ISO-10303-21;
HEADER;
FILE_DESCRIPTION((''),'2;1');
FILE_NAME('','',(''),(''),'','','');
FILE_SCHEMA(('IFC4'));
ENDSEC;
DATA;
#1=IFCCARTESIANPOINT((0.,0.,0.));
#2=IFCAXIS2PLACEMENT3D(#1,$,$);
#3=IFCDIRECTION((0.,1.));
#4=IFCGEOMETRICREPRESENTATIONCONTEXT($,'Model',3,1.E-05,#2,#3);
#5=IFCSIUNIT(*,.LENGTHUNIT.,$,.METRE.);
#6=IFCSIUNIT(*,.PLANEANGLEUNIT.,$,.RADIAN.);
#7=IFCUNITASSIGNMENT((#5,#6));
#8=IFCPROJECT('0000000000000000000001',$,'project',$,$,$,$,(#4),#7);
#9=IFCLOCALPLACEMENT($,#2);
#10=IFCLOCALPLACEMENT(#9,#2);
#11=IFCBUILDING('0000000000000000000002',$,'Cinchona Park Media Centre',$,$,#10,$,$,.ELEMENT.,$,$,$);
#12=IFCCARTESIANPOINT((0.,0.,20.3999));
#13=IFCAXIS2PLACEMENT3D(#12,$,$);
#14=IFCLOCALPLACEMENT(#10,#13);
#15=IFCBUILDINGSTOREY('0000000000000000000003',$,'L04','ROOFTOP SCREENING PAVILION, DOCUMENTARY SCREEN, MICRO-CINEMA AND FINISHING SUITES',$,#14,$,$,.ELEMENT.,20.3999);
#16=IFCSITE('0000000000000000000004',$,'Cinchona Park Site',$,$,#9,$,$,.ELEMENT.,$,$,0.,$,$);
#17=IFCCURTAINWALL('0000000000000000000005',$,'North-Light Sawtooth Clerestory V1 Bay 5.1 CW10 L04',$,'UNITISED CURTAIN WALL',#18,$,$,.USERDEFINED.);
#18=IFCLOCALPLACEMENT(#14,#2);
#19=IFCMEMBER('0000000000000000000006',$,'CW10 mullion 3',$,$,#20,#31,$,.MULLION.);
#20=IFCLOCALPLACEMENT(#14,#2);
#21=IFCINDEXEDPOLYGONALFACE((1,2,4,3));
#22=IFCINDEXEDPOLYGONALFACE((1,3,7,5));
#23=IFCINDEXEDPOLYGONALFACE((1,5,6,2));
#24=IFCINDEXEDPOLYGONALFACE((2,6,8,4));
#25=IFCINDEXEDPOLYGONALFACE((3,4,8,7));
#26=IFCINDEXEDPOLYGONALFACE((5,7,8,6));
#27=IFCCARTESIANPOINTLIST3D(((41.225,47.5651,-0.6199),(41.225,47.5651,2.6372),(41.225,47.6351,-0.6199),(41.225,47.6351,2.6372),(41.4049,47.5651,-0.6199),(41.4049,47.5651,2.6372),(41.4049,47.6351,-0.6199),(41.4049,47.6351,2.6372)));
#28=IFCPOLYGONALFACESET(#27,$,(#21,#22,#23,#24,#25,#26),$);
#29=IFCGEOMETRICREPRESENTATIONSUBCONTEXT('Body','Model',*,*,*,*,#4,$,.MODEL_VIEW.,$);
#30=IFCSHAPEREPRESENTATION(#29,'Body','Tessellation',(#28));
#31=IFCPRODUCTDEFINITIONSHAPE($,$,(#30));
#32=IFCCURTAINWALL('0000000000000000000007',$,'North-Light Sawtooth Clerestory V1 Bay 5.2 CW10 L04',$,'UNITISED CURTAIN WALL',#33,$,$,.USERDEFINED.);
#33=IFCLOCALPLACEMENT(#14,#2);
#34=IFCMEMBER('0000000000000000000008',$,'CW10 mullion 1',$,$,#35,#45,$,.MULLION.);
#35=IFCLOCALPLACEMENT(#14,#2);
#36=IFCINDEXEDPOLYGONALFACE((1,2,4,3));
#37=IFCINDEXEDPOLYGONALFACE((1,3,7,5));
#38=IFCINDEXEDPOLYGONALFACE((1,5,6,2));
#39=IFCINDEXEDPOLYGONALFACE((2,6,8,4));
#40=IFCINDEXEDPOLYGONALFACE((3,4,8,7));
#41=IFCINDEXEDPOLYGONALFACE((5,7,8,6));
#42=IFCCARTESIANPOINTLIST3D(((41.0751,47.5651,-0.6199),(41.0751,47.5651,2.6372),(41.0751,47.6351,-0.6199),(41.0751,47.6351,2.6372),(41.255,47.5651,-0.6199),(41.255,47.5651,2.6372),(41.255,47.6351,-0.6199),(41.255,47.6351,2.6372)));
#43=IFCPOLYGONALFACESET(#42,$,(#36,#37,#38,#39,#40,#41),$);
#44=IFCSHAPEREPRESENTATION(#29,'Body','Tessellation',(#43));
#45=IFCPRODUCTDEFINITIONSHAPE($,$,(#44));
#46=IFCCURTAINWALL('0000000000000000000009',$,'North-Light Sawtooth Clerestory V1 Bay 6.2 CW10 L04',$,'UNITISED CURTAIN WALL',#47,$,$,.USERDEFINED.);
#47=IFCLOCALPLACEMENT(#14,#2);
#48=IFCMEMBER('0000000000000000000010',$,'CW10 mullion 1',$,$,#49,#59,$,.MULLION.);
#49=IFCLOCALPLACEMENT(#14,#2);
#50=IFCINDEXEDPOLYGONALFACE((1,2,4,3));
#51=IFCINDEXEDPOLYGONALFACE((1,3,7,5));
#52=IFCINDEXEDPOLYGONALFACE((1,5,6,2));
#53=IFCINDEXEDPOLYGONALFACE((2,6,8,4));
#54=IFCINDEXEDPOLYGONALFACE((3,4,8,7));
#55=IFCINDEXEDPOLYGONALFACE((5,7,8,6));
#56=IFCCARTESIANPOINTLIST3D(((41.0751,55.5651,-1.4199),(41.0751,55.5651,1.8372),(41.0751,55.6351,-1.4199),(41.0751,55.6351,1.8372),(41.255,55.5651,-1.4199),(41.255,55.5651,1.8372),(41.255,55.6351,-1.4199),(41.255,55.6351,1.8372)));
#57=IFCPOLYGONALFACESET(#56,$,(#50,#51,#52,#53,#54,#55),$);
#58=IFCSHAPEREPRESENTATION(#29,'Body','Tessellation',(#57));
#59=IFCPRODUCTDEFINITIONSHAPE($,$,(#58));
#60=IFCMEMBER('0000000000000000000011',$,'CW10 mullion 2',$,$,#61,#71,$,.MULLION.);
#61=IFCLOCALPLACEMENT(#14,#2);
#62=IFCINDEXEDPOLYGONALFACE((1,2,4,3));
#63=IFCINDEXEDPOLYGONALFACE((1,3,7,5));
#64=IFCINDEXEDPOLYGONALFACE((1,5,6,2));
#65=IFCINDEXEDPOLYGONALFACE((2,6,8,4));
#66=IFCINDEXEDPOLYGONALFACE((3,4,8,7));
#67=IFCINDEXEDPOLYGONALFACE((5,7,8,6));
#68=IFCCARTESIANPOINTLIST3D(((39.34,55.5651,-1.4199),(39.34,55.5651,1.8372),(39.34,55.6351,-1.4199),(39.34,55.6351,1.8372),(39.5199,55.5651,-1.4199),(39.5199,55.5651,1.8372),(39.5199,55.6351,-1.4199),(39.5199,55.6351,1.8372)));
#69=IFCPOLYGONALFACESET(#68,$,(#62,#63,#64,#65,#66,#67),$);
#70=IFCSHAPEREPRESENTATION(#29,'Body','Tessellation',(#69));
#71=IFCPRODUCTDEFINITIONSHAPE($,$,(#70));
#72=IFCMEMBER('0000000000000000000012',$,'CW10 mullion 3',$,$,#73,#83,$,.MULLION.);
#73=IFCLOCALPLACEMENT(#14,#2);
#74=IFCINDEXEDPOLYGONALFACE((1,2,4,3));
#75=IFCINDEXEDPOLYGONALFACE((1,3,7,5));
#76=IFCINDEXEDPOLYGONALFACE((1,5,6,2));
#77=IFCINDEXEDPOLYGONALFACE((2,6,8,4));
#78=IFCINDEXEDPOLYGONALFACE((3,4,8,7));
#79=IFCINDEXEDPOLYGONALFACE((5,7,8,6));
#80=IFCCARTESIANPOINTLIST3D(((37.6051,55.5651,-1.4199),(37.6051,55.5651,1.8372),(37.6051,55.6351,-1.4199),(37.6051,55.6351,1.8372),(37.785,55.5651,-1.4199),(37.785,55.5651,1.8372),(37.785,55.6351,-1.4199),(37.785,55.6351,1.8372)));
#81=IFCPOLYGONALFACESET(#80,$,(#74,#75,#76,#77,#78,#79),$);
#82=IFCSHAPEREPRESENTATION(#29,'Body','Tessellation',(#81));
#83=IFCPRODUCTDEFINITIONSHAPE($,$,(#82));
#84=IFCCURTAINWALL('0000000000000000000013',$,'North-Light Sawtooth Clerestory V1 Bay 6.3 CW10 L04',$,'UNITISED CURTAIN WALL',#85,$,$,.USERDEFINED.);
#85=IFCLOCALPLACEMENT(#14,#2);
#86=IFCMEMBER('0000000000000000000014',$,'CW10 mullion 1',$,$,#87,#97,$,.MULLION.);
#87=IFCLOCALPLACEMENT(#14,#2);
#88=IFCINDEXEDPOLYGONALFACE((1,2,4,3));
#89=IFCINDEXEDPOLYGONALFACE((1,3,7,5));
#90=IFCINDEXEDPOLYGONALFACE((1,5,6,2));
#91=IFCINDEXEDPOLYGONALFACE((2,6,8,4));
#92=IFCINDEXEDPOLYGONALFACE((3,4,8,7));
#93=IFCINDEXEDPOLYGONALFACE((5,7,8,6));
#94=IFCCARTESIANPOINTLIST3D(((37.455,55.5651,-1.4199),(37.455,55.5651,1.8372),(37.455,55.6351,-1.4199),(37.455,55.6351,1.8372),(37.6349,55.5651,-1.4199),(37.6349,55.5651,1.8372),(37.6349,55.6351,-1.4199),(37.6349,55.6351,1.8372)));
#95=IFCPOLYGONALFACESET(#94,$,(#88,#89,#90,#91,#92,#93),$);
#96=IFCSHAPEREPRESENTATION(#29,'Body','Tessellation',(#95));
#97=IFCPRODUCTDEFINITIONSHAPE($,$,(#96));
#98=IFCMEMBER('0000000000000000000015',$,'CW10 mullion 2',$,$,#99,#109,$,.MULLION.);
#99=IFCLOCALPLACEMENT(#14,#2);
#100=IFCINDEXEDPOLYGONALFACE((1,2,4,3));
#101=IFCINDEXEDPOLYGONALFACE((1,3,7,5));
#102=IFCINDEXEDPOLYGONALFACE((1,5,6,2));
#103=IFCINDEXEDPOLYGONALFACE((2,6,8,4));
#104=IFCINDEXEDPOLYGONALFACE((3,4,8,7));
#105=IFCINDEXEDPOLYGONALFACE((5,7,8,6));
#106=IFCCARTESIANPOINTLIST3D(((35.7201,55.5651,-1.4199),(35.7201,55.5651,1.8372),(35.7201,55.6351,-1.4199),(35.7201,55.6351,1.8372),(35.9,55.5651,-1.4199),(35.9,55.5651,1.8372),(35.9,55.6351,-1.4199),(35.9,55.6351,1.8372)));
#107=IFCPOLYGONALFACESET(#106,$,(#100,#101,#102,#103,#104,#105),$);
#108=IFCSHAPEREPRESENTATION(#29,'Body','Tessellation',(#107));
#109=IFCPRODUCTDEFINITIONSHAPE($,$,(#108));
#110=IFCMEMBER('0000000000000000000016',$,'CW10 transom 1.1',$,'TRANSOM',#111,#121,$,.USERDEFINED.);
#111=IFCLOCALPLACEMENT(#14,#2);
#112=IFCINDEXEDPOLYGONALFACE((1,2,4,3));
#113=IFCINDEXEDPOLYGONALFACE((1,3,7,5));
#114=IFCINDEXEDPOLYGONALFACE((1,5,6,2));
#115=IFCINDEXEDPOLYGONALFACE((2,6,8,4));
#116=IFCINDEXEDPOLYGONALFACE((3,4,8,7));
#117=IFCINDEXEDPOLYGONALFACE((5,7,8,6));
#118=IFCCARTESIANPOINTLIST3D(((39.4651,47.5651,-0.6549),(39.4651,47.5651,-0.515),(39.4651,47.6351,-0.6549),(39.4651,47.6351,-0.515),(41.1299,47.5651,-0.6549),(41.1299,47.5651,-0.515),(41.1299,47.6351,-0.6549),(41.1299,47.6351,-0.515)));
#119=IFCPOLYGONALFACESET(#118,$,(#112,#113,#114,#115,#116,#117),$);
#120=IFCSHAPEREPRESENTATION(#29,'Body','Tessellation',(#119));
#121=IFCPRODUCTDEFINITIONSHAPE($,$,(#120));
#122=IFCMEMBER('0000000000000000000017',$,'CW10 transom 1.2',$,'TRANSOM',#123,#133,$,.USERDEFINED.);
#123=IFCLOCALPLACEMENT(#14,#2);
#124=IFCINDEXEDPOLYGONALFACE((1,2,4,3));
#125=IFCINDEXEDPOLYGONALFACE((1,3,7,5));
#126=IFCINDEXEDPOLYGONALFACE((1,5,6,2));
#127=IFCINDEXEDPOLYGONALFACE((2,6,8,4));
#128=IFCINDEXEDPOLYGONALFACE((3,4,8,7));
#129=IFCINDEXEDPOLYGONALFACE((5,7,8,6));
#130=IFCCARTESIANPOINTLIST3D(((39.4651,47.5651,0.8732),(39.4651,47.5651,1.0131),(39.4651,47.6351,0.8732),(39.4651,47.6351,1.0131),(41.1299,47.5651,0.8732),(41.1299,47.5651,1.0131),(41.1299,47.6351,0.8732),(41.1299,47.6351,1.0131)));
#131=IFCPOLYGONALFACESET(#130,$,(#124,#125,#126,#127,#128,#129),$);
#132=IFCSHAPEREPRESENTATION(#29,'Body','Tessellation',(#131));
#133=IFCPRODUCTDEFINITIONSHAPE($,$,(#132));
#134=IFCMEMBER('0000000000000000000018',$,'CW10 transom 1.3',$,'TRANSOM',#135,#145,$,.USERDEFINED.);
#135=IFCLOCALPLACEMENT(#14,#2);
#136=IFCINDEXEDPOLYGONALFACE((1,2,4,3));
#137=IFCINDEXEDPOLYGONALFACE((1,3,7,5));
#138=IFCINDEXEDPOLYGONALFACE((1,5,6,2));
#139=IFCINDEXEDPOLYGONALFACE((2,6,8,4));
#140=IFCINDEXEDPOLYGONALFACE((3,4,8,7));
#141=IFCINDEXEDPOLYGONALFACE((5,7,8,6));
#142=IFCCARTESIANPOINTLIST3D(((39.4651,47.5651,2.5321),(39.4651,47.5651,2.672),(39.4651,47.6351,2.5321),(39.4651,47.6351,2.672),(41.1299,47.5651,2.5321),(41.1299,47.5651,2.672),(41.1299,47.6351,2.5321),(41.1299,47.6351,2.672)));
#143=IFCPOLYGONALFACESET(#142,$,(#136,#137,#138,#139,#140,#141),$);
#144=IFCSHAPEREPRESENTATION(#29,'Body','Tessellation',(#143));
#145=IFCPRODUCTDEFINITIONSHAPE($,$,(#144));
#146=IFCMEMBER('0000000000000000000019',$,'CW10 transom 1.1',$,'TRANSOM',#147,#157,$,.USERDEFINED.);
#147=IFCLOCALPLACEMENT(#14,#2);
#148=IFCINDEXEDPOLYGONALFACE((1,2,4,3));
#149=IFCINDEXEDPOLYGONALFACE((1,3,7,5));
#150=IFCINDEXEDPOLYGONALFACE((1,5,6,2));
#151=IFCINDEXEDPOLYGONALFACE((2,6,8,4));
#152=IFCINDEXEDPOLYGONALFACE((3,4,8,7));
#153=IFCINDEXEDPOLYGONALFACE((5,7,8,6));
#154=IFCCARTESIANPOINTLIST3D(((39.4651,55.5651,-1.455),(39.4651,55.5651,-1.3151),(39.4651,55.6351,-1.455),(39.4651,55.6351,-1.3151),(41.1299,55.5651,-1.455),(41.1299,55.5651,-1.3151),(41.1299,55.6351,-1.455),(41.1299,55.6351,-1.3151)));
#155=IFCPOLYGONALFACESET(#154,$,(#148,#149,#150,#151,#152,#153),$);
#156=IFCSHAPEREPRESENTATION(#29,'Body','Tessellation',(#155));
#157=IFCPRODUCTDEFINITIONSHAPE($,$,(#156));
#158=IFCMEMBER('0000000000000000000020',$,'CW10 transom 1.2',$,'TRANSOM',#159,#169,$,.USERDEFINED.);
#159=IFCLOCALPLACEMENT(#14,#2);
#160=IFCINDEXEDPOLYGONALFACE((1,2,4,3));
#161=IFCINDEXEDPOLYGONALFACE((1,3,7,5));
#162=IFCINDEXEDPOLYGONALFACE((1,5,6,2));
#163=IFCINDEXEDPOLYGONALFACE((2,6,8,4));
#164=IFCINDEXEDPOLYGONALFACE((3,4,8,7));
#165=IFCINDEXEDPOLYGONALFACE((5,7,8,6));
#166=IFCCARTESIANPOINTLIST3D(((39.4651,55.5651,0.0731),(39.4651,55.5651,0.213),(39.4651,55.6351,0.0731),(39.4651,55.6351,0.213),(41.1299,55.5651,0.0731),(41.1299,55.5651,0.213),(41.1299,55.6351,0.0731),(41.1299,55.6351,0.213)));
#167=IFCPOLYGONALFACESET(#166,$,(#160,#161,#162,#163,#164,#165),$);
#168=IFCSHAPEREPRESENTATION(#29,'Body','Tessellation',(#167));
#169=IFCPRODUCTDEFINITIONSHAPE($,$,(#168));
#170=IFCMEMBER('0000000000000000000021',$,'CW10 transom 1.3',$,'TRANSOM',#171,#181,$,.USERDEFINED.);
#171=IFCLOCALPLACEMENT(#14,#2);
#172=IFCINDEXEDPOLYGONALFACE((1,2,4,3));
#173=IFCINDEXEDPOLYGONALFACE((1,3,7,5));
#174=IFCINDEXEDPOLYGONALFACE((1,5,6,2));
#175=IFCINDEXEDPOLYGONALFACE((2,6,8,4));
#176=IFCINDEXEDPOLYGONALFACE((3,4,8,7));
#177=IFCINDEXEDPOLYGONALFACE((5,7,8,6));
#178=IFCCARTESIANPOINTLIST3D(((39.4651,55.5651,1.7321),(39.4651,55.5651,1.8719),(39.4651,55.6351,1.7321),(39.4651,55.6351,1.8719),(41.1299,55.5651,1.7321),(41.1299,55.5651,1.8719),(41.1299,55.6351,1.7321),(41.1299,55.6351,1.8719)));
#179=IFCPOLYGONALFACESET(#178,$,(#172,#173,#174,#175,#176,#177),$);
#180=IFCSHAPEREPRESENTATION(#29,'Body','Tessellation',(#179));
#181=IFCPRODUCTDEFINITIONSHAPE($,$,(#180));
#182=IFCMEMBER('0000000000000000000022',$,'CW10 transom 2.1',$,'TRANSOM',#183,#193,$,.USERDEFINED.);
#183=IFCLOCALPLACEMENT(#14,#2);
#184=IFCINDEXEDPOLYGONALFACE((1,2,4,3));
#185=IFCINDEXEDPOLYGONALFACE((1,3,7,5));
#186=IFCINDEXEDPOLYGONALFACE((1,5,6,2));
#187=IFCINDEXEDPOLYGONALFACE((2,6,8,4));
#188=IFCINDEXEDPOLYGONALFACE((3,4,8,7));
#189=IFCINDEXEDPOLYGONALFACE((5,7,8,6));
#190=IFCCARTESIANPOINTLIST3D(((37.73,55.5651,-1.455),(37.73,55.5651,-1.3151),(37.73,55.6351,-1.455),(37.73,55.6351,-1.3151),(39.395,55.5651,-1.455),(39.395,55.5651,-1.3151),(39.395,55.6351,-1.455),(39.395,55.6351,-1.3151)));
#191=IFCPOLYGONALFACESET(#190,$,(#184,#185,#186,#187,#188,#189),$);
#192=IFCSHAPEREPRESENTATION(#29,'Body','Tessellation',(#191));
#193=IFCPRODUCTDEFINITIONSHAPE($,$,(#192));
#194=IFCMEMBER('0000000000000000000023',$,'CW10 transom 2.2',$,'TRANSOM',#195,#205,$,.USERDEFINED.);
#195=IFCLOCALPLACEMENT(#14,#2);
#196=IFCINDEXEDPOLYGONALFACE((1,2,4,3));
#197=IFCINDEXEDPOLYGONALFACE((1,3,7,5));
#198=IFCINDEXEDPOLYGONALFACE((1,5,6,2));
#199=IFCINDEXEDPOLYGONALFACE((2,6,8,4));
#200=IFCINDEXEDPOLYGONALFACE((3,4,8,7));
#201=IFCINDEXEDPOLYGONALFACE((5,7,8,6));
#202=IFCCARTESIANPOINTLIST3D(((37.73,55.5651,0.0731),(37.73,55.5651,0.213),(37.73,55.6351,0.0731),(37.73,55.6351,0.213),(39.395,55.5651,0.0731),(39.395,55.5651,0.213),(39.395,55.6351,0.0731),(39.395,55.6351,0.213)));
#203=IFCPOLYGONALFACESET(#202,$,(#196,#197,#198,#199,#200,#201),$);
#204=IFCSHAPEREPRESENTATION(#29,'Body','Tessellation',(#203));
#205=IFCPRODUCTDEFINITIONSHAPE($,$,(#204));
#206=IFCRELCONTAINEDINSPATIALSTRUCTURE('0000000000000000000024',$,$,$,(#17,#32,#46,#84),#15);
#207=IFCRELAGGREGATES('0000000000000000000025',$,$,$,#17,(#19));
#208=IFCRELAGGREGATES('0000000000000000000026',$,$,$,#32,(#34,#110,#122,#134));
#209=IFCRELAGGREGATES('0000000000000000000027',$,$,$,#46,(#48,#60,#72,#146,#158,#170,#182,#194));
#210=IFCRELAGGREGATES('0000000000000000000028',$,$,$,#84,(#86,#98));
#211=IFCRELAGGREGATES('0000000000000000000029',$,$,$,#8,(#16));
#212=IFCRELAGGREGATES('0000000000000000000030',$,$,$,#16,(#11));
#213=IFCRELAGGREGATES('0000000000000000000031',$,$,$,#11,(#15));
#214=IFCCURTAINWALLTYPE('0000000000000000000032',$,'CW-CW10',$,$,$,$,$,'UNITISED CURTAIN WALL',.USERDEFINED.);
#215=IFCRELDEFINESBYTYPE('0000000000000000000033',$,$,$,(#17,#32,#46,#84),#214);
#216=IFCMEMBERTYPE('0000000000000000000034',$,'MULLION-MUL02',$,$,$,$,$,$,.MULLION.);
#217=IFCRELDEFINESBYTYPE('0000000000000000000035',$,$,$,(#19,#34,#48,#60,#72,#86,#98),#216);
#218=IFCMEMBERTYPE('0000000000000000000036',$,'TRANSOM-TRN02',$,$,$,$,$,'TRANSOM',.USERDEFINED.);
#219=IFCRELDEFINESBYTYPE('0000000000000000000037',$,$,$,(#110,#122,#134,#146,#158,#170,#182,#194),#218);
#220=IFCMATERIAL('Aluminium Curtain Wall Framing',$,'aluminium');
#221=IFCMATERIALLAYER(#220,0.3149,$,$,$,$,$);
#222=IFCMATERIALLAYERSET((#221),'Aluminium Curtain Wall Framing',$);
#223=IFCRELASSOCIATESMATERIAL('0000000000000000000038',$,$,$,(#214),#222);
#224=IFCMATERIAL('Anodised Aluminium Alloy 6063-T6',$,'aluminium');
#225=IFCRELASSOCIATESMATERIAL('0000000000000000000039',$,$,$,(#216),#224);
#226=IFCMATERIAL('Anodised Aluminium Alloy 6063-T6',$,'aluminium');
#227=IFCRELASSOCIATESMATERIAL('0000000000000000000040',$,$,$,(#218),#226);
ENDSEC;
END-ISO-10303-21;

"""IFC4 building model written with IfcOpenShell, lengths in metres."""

from ifc_helpers import new_model, si_unit, direction, frame, origin, origin_2d, place, context, subcontext, project, spatial, rectangle, extrude, material, layer, layer_set, material_profile, profile_set, type_object, element, aggregate, save


model = new_model("IFC4")

# Units and contexts
model_context = context("Model", 3, precision=1e-05, world=origin(), true_north=direction((0.0, 1.0)))
body_context = subcontext(model_context, "Body", "Model", "MODEL_VIEW")
ifc_project = project(units=[si_unit("LENGTHUNIT", "METRE"), si_unit("PLANEANGLEUNIT", "RADIAN")], contexts=[model_context])

# Site, building, storey
site_placement = place(None, origin())
site = spatial("IfcSite", under=ifc_project, at=site_placement, Name="Cinchona Park Site", CompositionType="ELEMENT", RefElevation=0.0)
building_placement = place(site_placement, origin())
building = spatial("IfcBuilding", under=site, at=building_placement, Name="Cinchona Park Media Centre", CompositionType="ELEMENT")
storey_placement = place(building_placement, frame((0.0, 0.0, 20.3999)))
storey = spatial("IfcBuildingStorey", under=building, at=storey_placement, Name="L04", Description="ROOFTOP SCREENING PAVILION, DOCUMENTARY SCREEN, MICRO-CINEMA AND FINISHING SUITES", CompositionType="ELEMENT", Elevation=20.3999)

# Curtain walls, members
ifc_material_1 = material(Name="Aluminium Curtain Wall Framing", Category="aluminium")
ifc_layer_1 = layer(ifc_material_1, 0.3149)
ifc_layer_set_1 = layer_set([ifc_layer_1], Name="Aluminium Curtain Wall Framing")
curtain_wall_type = type_object("IfcCurtainWallType", Name="CW-CW10", ElementType="UNITISED CURTAIN WALL", PredefinedType="USERDEFINED", material=ifc_layer_set_1)
curtain_wall_1_placement = place(storey_placement, origin())
curtain_wall_1 = element("IfcCurtainWall", 1, at=curtain_wall_1_placement, inside=storey, type_object=curtain_wall_type, Name="North-Light Sawtooth Clerestory V1 Bay 5.1 CW10 L04", ObjectType="UNITISED CURTAIN WALL", PredefinedType="USERDEFINED")
ifc_material_2 = material(Name="Anodised Aluminium Alloy 6063-T6", Category="aluminium")
ifc_material_profile_1 = material_profile(ifc_material_2, rectangle(XDim=0.0701, YDim=0.1799, at=origin_2d()), Name="MUL-70X180")
ifc_profile_set_1 = profile_set([ifc_material_profile_1], Name="Anodised Aluminium Alloy 6063-T6")
member_type_1 = type_object("IfcMemberType", Name="MULLION-MUL02", PredefinedType="MULLION", material=ifc_profile_set_1)
member_1_placement = place(storey_placement, frame((41.3149, 47.6001, -0.6199), z_axis=(0.0, 0.0, 1.0), x_axis=(0.0, -1.0, 0.0)))
member_1 = element("IfcMember", 2, at=member_1_placement, type_object=member_type_1, Name="CW10 mullion 3", PredefinedType="MULLION", context=body_context, shape_type="SweptSolid", body=[
    extrude(rectangle(XDim=0.0701, YDim=0.1799, at=origin_2d()), origin(), (0.0, 0.0, 1.0), 3.2571),
])
aggregate(curtain_wall_1, [member_1])
curtain_wall_2_placement = place(storey_placement, origin())
curtain_wall_2 = element("IfcCurtainWall", 3, at=curtain_wall_2_placement, inside=storey, type_object=curtain_wall_type, Name="North-Light Sawtooth Clerestory V1 Bay 5.2 CW10 L04", ObjectType="UNITISED CURTAIN WALL", PredefinedType="USERDEFINED")
member_2_placement = place(storey_placement, frame((41.165, 47.6001, -0.6199), z_axis=(0.0, 0.0, 1.0), x_axis=(0.0, -1.0, 0.0)))
member_2 = element("IfcMember", 4, at=member_2_placement, type_object=member_type_1, Name="CW10 mullion 1", PredefinedType="MULLION", context=body_context, shape_type="SweptSolid", body=[
    extrude(rectangle(XDim=0.0701, YDim=0.1799, at=origin_2d()), origin(), (0.0, 0.0, 1.0), 3.2571),
])

# Curtain walls, members
curtain_wall_3_placement = place(storey_placement, origin())
curtain_wall_3 = element("IfcCurtainWall", 5, at=curtain_wall_3_placement, inside=storey, type_object=curtain_wall_type, Name="North-Light Sawtooth Clerestory V1 Bay 6.2 CW10 L04", ObjectType="UNITISED CURTAIN WALL", PredefinedType="USERDEFINED")
member_3_placement = place(storey_placement, frame((41.165, 55.6001, -1.4199), z_axis=(0.0, 0.0, 1.0), x_axis=(0.0, -1.0, 0.0)))
member_3 = element("IfcMember", 6, at=member_3_placement, type_object=member_type_1, Name="CW10 mullion 1", PredefinedType="MULLION", context=body_context, shape_type="SweptSolid", body=[
    extrude(rectangle(XDim=0.0701, YDim=0.1799, at=origin_2d()), origin(), (0.0, 0.0, 1.0), 3.2571),
])
member_4_placement = place(storey_placement, frame((39.4299, 55.6001, -1.4199), z_axis=(0.0, 0.0, 1.0), x_axis=(0.0, -1.0, 0.0)))
member_4 = element("IfcMember", 7, at=member_4_placement, type_object=member_type_1, Name="CW10 mullion 2", PredefinedType="MULLION", context=body_context, shape_type="SweptSolid", body=[
    extrude(rectangle(XDim=0.0701, YDim=0.1799, at=origin_2d()), origin(), (0.0, 0.0, 1.0), 3.2571),
])
member_5_placement = place(storey_placement, frame((37.6951, 55.6001, -1.4199), z_axis=(0.0, 0.0, 1.0), x_axis=(0.0, -1.0, 0.0)))
member_5 = element("IfcMember", 8, at=member_5_placement, type_object=member_type_1, Name="CW10 mullion 3", PredefinedType="MULLION", context=body_context, shape_type="SweptSolid", body=[
    extrude(rectangle(XDim=0.0701, YDim=0.1799, at=origin_2d()), origin(), (0.0, 0.0, 1.0), 3.2571),
])
curtain_wall_4_placement = place(storey_placement, origin())
curtain_wall_4 = element("IfcCurtainWall", 9, at=curtain_wall_4_placement, inside=storey, type_object=curtain_wall_type, Name="North-Light Sawtooth Clerestory V1 Bay 6.3 CW10 L04", ObjectType="UNITISED CURTAIN WALL", PredefinedType="USERDEFINED")
member_6_placement = place(storey_placement, frame((37.5449, 55.6001, -1.4199), z_axis=(0.0, 0.0, 1.0), x_axis=(0.0, -1.0, 0.0)))
member_6 = element("IfcMember", 10, at=member_6_placement, type_object=member_type_1, Name="CW10 mullion 1", PredefinedType="MULLION", context=body_context, shape_type="SweptSolid", body=[
    extrude(rectangle(XDim=0.0701, YDim=0.1799, at=origin_2d()), origin(), (0.0, 0.0, 1.0), 3.2571),
])
member_7_placement = place(storey_placement, frame((35.8101, 55.6001, -1.4199), z_axis=(0.0, 0.0, 1.0), x_axis=(0.0, -1.0, 0.0)))
member_7 = element("IfcMember", 11, at=member_7_placement, type_object=member_type_1, Name="CW10 mullion 2", PredefinedType="MULLION", context=body_context, shape_type="SweptSolid", body=[
    extrude(rectangle(XDim=0.0701, YDim=0.1799, at=origin_2d()), origin(), (0.0, 0.0, 1.0), 3.2571),
])

# Members
ifc_material_3 = material(Name="Anodised Aluminium Alloy 6063-T6", Category="aluminium")
ifc_material_profile_2 = material_profile(ifc_material_3, rectangle(XDim=0.0701, YDim=0.1399, at=origin_2d()), Name="TRN-70X140")
ifc_profile_set_2 = profile_set([ifc_material_profile_2], Name="Anodised Aluminium Alloy 6063-T6")
member_type_2 = type_object("IfcMemberType", Name="TRANSOM-TRN02", ElementType="TRANSOM", PredefinedType="USERDEFINED", material=ifc_profile_set_2)
member_8_placement = place(storey_placement, frame((41.1299, 47.6001, -0.585), z_axis=(-1.0, 0.0, 0.0), x_axis=(0.0, -1.0, 0.0)))
member_8 = element("IfcMember", 12, at=member_8_placement, type_object=member_type_2, Name="CW10 transom 1.1", ObjectType="TRANSOM", PredefinedType="USERDEFINED", context=body_context, shape_type="SweptSolid", body=[
    extrude(rectangle(XDim=0.0701, YDim=0.1399, at=origin_2d()), origin(), (0.0, 0.0, 1.0), 1.6648),
])
member_9_placement = place(storey_placement, frame((41.1299, 47.6001, 0.9431), z_axis=(-1.0, 0.0, 0.0), x_axis=(0.0, -1.0, 0.0)))
member_9 = element("IfcMember", 13, at=member_9_placement, type_object=member_type_2, Name="CW10 transom 1.2", ObjectType="TRANSOM", PredefinedType="USERDEFINED", context=body_context, shape_type="SweptSolid", body=[
    extrude(rectangle(XDim=0.0701, YDim=0.1399, at=origin_2d()), origin(), (0.0, 0.0, 1.0), 1.6648),
])
member_10_placement = place(storey_placement, frame((41.1299, 47.6001, 2.6021), z_axis=(-1.0, 0.0, 0.0), x_axis=(0.0, -1.0, 0.0)))
member_10 = element("IfcMember", 14, at=member_10_placement, type_object=member_type_2, Name="CW10 transom 1.3", ObjectType="TRANSOM", PredefinedType="USERDEFINED", context=body_context, shape_type="SweptSolid", body=[
    extrude(rectangle(XDim=0.0701, YDim=0.1399, at=origin_2d()), origin(), (0.0, 0.0, 1.0), 1.6648),
])
aggregate(curtain_wall_2, [member_2, member_8, member_9, member_10])
member_11_placement = place(storey_placement, frame((41.1299, 55.6001, -1.385), z_axis=(-1.0, 0.0, 0.0), x_axis=(0.0, -1.0, 0.0)))
member_11 = element("IfcMember", 15, at=member_11_placement, type_object=member_type_2, Name="CW10 transom 1.1", ObjectType="TRANSOM", PredefinedType="USERDEFINED", context=body_context, shape_type="SweptSolid", body=[
    extrude(rectangle(XDim=0.0701, YDim=0.1399, at=origin_2d()), origin(), (0.0, 0.0, 1.0), 1.6648),
])
member_12_placement = place(storey_placement, frame((41.1299, 55.6001, 0.1431), z_axis=(-1.0, 0.0, 0.0), x_axis=(0.0, -1.0, 0.0)))
member_12 = element("IfcMember", 16, at=member_12_placement, type_object=member_type_2, Name="CW10 transom 1.2", ObjectType="TRANSOM", PredefinedType="USERDEFINED", context=body_context, shape_type="SweptSolid", body=[
    extrude(rectangle(XDim=0.0701, YDim=0.1399, at=origin_2d()), origin(), (0.0, 0.0, 1.0), 1.6648),
])
member_13_placement = place(storey_placement, frame((41.1299, 55.6001, 1.802), z_axis=(-1.0, 0.0, 0.0), x_axis=(0.0, -1.0, 0.0)))
member_13 = element("IfcMember", 17, at=member_13_placement, type_object=member_type_2, Name="CW10 transom 1.3", ObjectType="TRANSOM", PredefinedType="USERDEFINED", context=body_context, shape_type="SweptSolid", body=[
    extrude(rectangle(XDim=0.0701, YDim=0.1399, at=origin_2d()), origin(), (0.0, 0.0, 1.0), 1.6648),
])
member_14_placement = place(storey_placement, frame((39.395, 55.6001, -1.385), z_axis=(-1.0, 0.0, 0.0), x_axis=(0.0, -1.0, 0.0)))
member_14 = element("IfcMember", 18, at=member_14_placement, type_object=member_type_2, Name="CW10 transom 2.1", ObjectType="TRANSOM", PredefinedType="USERDEFINED", context=body_context, shape_type="SweptSolid", body=[
    extrude(rectangle(XDim=0.0701, YDim=0.1399, at=origin_2d()), origin(), (0.0, 0.0, 1.0), 1.665),
])
member_15_placement = place(storey_placement, frame((39.395, 55.6001, 0.1431), z_axis=(-1.0, 0.0, 0.0), x_axis=(0.0, -1.0, 0.0)))
member_15 = element("IfcMember", 19, at=member_15_placement, type_object=member_type_2, Name="CW10 transom 2.2", ObjectType="TRANSOM", PredefinedType="USERDEFINED", context=body_context, shape_type="SweptSolid", body=[
    extrude(rectangle(XDim=0.0701, YDim=0.1399, at=origin_2d()), origin(), (0.0, 0.0, 1.0), 1.665),
])

aggregate(curtain_wall_3, [member_3, member_4, member_5, member_11, member_12, member_13, member_14, member_15])
aggregate(curtain_wall_4, [member_6, member_7])

save(model, "model.ifc")
